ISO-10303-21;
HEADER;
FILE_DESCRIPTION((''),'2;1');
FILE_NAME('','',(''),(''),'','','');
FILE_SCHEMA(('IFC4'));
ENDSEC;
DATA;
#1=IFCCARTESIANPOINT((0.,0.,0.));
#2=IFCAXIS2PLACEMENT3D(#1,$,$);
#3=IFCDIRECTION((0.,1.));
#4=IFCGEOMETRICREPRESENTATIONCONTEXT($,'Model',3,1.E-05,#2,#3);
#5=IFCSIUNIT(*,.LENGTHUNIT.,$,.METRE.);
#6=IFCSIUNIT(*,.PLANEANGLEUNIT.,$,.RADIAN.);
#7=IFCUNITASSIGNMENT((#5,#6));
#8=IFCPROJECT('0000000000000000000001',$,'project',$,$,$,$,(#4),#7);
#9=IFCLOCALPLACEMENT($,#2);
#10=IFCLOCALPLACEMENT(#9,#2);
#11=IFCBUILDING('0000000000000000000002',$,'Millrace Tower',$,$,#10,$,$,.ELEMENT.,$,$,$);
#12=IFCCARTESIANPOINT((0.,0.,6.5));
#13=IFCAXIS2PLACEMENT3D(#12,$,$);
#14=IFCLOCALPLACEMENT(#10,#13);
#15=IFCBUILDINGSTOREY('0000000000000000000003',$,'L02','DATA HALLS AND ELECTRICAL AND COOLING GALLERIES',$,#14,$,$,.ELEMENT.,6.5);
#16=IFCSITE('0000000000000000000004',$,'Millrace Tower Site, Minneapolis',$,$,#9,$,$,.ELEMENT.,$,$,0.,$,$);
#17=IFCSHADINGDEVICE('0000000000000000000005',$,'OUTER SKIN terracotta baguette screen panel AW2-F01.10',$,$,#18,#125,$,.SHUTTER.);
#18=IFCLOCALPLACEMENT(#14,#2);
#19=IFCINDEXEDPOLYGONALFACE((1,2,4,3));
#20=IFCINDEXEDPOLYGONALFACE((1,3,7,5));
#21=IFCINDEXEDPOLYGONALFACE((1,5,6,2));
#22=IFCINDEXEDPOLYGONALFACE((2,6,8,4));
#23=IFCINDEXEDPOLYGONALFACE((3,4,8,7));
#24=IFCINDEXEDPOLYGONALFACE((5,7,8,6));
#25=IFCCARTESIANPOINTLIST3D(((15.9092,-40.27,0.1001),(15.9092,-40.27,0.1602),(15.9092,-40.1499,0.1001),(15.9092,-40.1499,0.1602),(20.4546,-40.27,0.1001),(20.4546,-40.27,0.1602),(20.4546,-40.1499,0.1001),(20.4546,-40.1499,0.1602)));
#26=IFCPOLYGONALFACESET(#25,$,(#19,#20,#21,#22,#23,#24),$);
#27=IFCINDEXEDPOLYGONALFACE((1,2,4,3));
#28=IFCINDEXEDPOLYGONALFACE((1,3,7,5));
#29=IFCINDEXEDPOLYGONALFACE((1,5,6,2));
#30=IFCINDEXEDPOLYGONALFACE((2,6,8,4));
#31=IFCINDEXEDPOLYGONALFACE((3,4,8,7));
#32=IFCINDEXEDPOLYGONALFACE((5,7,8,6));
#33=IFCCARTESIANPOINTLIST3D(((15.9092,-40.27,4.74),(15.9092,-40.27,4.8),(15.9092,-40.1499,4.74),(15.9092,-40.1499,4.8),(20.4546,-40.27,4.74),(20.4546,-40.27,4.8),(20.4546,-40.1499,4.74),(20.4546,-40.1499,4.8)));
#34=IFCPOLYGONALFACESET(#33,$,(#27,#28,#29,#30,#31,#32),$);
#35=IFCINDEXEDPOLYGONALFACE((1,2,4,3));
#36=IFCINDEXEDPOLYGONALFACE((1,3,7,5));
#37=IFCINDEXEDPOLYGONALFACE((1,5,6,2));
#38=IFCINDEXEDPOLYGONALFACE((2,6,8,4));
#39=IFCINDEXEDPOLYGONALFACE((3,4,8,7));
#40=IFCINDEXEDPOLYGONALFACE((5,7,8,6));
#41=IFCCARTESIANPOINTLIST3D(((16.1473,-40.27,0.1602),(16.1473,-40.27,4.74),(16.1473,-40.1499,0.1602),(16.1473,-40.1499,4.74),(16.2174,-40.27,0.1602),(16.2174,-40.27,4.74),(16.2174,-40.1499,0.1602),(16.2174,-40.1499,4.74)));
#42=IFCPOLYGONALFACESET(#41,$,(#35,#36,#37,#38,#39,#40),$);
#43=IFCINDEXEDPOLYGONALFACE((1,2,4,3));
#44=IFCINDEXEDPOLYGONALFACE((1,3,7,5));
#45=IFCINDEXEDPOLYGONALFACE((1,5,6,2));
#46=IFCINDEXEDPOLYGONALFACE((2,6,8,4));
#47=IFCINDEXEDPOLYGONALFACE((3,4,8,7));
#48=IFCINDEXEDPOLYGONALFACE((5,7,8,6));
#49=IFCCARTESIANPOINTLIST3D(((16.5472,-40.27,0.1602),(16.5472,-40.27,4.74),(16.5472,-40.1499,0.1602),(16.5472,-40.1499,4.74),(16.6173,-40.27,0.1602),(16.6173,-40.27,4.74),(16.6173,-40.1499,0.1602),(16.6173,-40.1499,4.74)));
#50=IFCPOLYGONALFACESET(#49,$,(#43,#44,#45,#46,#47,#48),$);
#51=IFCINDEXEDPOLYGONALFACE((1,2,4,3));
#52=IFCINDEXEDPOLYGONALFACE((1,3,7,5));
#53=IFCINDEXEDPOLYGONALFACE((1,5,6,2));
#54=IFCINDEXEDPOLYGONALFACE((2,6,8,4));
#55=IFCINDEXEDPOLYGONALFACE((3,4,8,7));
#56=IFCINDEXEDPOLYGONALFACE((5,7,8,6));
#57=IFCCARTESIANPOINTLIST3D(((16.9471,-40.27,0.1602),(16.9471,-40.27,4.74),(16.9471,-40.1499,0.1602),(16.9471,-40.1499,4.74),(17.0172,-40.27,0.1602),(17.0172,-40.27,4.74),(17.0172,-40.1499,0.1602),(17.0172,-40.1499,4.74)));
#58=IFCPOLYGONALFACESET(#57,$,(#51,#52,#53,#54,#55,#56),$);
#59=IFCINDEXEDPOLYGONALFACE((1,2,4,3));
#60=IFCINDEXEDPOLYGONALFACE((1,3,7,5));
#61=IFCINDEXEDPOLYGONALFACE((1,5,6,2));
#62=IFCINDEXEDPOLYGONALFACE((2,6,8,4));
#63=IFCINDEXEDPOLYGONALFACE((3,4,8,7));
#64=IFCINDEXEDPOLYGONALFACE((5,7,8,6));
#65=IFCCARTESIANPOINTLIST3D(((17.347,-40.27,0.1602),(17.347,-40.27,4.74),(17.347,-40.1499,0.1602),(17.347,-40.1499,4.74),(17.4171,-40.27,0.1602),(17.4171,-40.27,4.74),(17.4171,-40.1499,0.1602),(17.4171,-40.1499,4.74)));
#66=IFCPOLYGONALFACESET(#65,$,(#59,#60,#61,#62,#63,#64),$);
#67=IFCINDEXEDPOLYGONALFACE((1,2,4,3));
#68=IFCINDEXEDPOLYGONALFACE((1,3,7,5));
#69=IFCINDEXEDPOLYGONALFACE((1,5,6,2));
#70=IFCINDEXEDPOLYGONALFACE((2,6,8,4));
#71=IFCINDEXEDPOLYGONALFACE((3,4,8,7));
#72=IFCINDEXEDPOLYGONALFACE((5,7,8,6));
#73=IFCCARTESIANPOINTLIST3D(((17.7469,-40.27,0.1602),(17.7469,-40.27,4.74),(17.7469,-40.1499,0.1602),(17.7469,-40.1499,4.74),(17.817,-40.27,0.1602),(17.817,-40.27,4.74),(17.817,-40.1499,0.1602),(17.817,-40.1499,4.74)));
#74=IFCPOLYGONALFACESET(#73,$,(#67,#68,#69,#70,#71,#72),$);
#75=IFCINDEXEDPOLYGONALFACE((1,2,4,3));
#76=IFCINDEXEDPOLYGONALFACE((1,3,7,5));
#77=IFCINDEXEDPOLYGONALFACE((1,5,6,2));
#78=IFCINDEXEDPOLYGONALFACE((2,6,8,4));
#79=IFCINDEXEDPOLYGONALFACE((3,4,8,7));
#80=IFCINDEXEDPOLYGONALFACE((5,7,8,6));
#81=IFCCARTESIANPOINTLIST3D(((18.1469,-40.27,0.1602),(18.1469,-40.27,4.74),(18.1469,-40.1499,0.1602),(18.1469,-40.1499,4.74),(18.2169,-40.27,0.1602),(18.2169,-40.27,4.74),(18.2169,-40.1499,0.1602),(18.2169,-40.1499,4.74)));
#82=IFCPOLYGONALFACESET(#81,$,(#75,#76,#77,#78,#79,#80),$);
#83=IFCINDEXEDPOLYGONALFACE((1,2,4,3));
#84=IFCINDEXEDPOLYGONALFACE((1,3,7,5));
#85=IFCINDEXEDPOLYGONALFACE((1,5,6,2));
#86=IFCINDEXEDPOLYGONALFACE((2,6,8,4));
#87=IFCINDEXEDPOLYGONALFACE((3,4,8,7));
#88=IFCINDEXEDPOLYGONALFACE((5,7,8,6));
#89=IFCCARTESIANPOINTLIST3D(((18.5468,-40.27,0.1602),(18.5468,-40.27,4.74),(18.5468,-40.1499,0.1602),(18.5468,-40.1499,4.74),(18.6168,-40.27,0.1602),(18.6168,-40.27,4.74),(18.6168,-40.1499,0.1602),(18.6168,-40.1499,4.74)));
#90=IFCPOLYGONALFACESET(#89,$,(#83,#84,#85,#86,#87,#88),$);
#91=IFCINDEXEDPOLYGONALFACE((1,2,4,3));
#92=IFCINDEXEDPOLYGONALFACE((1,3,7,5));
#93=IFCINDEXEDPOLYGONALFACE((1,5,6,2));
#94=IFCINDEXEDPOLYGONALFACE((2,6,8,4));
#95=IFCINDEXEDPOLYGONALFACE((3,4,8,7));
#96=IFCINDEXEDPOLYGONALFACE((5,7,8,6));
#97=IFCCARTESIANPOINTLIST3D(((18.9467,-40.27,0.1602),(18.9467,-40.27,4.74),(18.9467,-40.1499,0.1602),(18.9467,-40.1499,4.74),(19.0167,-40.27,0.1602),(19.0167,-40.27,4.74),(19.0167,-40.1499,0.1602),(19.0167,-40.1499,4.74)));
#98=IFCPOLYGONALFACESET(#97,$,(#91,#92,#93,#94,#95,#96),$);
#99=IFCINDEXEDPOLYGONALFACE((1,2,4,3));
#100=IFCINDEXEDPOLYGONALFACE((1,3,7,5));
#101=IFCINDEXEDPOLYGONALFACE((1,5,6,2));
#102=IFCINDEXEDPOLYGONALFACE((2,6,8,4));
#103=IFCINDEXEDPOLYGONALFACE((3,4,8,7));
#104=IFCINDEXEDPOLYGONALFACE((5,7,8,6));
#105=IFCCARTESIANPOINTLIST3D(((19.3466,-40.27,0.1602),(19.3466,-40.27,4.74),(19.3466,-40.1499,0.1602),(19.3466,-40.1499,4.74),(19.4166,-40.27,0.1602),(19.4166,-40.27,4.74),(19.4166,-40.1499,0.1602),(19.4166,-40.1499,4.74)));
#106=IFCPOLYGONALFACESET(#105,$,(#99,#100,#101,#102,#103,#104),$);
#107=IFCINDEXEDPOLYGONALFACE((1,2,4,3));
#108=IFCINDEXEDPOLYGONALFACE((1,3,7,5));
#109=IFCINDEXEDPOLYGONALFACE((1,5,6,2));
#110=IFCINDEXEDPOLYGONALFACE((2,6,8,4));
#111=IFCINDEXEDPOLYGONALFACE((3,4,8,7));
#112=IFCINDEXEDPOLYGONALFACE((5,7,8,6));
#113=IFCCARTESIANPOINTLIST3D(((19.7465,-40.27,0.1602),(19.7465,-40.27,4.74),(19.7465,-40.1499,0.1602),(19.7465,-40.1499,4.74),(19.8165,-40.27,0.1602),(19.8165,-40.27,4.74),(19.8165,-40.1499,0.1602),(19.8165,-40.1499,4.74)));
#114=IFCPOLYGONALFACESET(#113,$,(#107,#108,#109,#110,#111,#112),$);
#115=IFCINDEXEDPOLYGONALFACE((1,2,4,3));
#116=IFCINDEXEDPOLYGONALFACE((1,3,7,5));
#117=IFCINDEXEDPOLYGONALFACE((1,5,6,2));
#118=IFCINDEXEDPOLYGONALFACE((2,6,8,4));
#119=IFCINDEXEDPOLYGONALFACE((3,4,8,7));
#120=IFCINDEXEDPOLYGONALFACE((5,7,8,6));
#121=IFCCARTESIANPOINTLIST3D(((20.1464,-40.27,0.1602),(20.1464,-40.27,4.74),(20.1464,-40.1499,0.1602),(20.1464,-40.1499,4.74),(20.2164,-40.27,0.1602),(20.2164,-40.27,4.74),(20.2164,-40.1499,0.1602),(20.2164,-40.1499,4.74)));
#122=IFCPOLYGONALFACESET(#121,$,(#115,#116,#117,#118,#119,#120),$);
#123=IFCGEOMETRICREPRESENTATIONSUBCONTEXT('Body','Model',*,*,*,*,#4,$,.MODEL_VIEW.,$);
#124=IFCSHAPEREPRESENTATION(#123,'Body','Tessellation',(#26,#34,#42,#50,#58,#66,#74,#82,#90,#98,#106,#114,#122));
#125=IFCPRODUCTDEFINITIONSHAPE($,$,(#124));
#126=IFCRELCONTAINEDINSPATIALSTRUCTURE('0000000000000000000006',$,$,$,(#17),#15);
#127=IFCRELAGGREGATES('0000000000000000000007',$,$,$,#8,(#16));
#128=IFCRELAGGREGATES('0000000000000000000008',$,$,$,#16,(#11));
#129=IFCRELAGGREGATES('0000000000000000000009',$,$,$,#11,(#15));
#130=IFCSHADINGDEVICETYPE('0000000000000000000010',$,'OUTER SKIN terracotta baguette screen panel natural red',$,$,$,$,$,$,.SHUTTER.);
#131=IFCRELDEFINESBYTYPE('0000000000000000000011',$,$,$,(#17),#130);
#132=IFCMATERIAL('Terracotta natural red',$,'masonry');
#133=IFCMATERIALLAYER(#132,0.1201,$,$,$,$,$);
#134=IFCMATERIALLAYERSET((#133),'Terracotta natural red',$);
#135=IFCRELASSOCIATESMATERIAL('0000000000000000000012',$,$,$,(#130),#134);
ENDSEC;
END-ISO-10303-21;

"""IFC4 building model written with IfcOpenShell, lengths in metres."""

from ifc_helpers import new_model, entity, si_unit, direction, frame, frame_2d, origin, origin_2d, place, context, subcontext, project, spatial, rectangle, extrude, source, transform, mapped, material, layer, layer_set, type_object, element, save


model = new_model("IFC4")

# Units and contexts
model_context = context("Model", 3, precision=1e-05, world=origin(), true_north=direction((0.0, 1.0)))
body_context = subcontext(model_context, "Body", "Model", "MODEL_VIEW")
ifc_project = project(units=[si_unit("LENGTHUNIT", "METRE"), si_unit("PLANEANGLEUNIT", "RADIAN")], contexts=[model_context])

# Site, building, storey
site_placement = place(None, origin())
site = spatial("IfcSite", under=ifc_project, at=site_placement, Name="Millrace Tower Site, Minneapolis", CompositionType="ELEMENT", RefElevation=0.0)
building_placement = place(site_placement, origin())
building = spatial("IfcBuilding", under=site, at=building_placement, Name="Millrace Tower", CompositionType="ELEMENT")
storey_placement = place(building_placement, frame((0.0, 0.0, 6.5)))
storey = spatial("IfcBuildingStorey", under=building, at=storey_placement, Name="L02", Description="DATA HALLS AND ELECTRICAL AND COOLING GALLERIES", CompositionType="ELEMENT", Elevation=6.5)

# Shading device
ifc_material_1 = material(Name="Terracotta natural red", Category="masonry")
ifc_layer_1 = layer(ifc_material_1, 0.1201)
ifc_layer_set_1 = layer_set([ifc_layer_1], Name="Terracotta natural red")
shading_device_type_1 = type_object("IfcShadingDeviceType", Name="OUTER SKIN terracotta baguette screen panel natural red", PredefinedType="SHUTTER", material=ifc_layer_set_1)
cartesian_point_1 = entity("IfcCartesianPoint", [-2.2727, 0.0601])
shared_polyline_1 = entity("IfcPolyline", [cartesian_point_1, entity("IfcCartesianPoint", [2.2727, 0.0601]), entity("IfcCartesianPoint", [2.2727, -0.0601]), entity("IfcCartesianPoint", [-2.2727, -0.0601]), cartesian_point_1])
shared_shape_1 = source(origin(), body_context, "Body", "SweptSolid", [
    entity("IfcExtrudedAreaSolid", entity("IfcArbitraryClosedProfileDef", "AREA", None, shared_polyline_1), entity("IfcAxis2Placement3D", entity("IfcCartesianPoint", [0.0, 0.0, 0.0])), entity("IfcDirection", [0.0, 0.0, 1.0]), 0.0601),
    entity("IfcExtrudedAreaSolid", entity("IfcArbitraryClosedProfileDef", "AREA", None, shared_polyline_1), entity("IfcAxis2Placement3D", entity("IfcCartesianPoint", [0.0, 0.0, 4.6399])), entity("IfcDirection", [0.0, 0.0, 1.0]), 0.0601),
    extrude(rectangle(XDim=0.0701, YDim=0.1201, at=frame_2d((-1.9995, 0.0))), frame((0.0, 0.0, 0.0601)), (0.0, 0.0, 1.0), 4.5798),
    extrude(rectangle(XDim=0.0701, YDim=0.1201, at=frame_2d((-1.5996, 0.0))), frame((0.0, 0.0, 0.0601)), (0.0, 0.0, 1.0), 4.5798),
    extrude(rectangle(XDim=0.0701, YDim=0.1201, at=frame_2d((-1.1997, 0.0))), frame((0.0, 0.0, 0.0601)), (0.0, 0.0, 1.0), 4.5798),
    extrude(rectangle(XDim=0.0701, YDim=0.1201, at=frame_2d((-0.7998, 0.0))), frame((0.0, 0.0, 0.0601)), (0.0, 0.0, 1.0), 4.5798),
    extrude(rectangle(XDim=0.0701, YDim=0.1201, at=frame_2d((-0.3999, 0.0))), frame((0.0, 0.0, 0.0601)), (0.0, 0.0, 1.0), 4.5798),
    extrude(rectangle(XDim=0.0701, YDim=0.1201, at=origin_2d()), frame((0.0, 0.0, 0.0601)), (0.0, 0.0, 1.0), 4.5798),
    extrude(rectangle(XDim=0.0701, YDim=0.1201, at=frame_2d((0.3999, 0.0))), frame((0.0, 0.0, 0.0601)), (0.0, 0.0, 1.0), 4.5798),
    extrude(rectangle(XDim=0.0701, YDim=0.1201, at=frame_2d((0.7998, 0.0))), frame((0.0, 0.0, 0.0601)), (0.0, 0.0, 1.0), 4.5798),
    extrude(rectangle(XDim=0.0701, YDim=0.1201, at=frame_2d((1.1997, 0.0))), frame((0.0, 0.0, 0.0601)), (0.0, 0.0, 1.0), 4.5798),
    extrude(rectangle(XDim=0.0701, YDim=0.1201, at=frame_2d((1.5996, 0.0))), frame((0.0, 0.0, 0.0601)), (0.0, 0.0, 1.0), 4.5798),
    extrude(rectangle(XDim=0.0701, YDim=0.1201, at=frame_2d((1.9995, 0.0))), frame((0.0, 0.0, 0.0601)), (0.0, 0.0, 1.0), 4.5798),
])
shading_device_1_placement = place(storey_placement, frame((18.1819, -40.21, 0.1001), z_axis=(0.0, 0.0, 1.0), x_axis=(1.0, 0.0, 0.0)))
element("IfcShadingDevice", 1, at=shading_device_1_placement, inside=storey, type_object=shading_device_type_1, Name="OUTER SKIN terracotta baguette screen panel AW2-F01.10", PredefinedType="SHUTTER", context=body_context, shape_type="MappedRepresentation", body=[
    mapped(shared_shape_1, transform((0.0, 0.0, 0.0), scale=1.0)),
])

save(model, "model.ifc")
